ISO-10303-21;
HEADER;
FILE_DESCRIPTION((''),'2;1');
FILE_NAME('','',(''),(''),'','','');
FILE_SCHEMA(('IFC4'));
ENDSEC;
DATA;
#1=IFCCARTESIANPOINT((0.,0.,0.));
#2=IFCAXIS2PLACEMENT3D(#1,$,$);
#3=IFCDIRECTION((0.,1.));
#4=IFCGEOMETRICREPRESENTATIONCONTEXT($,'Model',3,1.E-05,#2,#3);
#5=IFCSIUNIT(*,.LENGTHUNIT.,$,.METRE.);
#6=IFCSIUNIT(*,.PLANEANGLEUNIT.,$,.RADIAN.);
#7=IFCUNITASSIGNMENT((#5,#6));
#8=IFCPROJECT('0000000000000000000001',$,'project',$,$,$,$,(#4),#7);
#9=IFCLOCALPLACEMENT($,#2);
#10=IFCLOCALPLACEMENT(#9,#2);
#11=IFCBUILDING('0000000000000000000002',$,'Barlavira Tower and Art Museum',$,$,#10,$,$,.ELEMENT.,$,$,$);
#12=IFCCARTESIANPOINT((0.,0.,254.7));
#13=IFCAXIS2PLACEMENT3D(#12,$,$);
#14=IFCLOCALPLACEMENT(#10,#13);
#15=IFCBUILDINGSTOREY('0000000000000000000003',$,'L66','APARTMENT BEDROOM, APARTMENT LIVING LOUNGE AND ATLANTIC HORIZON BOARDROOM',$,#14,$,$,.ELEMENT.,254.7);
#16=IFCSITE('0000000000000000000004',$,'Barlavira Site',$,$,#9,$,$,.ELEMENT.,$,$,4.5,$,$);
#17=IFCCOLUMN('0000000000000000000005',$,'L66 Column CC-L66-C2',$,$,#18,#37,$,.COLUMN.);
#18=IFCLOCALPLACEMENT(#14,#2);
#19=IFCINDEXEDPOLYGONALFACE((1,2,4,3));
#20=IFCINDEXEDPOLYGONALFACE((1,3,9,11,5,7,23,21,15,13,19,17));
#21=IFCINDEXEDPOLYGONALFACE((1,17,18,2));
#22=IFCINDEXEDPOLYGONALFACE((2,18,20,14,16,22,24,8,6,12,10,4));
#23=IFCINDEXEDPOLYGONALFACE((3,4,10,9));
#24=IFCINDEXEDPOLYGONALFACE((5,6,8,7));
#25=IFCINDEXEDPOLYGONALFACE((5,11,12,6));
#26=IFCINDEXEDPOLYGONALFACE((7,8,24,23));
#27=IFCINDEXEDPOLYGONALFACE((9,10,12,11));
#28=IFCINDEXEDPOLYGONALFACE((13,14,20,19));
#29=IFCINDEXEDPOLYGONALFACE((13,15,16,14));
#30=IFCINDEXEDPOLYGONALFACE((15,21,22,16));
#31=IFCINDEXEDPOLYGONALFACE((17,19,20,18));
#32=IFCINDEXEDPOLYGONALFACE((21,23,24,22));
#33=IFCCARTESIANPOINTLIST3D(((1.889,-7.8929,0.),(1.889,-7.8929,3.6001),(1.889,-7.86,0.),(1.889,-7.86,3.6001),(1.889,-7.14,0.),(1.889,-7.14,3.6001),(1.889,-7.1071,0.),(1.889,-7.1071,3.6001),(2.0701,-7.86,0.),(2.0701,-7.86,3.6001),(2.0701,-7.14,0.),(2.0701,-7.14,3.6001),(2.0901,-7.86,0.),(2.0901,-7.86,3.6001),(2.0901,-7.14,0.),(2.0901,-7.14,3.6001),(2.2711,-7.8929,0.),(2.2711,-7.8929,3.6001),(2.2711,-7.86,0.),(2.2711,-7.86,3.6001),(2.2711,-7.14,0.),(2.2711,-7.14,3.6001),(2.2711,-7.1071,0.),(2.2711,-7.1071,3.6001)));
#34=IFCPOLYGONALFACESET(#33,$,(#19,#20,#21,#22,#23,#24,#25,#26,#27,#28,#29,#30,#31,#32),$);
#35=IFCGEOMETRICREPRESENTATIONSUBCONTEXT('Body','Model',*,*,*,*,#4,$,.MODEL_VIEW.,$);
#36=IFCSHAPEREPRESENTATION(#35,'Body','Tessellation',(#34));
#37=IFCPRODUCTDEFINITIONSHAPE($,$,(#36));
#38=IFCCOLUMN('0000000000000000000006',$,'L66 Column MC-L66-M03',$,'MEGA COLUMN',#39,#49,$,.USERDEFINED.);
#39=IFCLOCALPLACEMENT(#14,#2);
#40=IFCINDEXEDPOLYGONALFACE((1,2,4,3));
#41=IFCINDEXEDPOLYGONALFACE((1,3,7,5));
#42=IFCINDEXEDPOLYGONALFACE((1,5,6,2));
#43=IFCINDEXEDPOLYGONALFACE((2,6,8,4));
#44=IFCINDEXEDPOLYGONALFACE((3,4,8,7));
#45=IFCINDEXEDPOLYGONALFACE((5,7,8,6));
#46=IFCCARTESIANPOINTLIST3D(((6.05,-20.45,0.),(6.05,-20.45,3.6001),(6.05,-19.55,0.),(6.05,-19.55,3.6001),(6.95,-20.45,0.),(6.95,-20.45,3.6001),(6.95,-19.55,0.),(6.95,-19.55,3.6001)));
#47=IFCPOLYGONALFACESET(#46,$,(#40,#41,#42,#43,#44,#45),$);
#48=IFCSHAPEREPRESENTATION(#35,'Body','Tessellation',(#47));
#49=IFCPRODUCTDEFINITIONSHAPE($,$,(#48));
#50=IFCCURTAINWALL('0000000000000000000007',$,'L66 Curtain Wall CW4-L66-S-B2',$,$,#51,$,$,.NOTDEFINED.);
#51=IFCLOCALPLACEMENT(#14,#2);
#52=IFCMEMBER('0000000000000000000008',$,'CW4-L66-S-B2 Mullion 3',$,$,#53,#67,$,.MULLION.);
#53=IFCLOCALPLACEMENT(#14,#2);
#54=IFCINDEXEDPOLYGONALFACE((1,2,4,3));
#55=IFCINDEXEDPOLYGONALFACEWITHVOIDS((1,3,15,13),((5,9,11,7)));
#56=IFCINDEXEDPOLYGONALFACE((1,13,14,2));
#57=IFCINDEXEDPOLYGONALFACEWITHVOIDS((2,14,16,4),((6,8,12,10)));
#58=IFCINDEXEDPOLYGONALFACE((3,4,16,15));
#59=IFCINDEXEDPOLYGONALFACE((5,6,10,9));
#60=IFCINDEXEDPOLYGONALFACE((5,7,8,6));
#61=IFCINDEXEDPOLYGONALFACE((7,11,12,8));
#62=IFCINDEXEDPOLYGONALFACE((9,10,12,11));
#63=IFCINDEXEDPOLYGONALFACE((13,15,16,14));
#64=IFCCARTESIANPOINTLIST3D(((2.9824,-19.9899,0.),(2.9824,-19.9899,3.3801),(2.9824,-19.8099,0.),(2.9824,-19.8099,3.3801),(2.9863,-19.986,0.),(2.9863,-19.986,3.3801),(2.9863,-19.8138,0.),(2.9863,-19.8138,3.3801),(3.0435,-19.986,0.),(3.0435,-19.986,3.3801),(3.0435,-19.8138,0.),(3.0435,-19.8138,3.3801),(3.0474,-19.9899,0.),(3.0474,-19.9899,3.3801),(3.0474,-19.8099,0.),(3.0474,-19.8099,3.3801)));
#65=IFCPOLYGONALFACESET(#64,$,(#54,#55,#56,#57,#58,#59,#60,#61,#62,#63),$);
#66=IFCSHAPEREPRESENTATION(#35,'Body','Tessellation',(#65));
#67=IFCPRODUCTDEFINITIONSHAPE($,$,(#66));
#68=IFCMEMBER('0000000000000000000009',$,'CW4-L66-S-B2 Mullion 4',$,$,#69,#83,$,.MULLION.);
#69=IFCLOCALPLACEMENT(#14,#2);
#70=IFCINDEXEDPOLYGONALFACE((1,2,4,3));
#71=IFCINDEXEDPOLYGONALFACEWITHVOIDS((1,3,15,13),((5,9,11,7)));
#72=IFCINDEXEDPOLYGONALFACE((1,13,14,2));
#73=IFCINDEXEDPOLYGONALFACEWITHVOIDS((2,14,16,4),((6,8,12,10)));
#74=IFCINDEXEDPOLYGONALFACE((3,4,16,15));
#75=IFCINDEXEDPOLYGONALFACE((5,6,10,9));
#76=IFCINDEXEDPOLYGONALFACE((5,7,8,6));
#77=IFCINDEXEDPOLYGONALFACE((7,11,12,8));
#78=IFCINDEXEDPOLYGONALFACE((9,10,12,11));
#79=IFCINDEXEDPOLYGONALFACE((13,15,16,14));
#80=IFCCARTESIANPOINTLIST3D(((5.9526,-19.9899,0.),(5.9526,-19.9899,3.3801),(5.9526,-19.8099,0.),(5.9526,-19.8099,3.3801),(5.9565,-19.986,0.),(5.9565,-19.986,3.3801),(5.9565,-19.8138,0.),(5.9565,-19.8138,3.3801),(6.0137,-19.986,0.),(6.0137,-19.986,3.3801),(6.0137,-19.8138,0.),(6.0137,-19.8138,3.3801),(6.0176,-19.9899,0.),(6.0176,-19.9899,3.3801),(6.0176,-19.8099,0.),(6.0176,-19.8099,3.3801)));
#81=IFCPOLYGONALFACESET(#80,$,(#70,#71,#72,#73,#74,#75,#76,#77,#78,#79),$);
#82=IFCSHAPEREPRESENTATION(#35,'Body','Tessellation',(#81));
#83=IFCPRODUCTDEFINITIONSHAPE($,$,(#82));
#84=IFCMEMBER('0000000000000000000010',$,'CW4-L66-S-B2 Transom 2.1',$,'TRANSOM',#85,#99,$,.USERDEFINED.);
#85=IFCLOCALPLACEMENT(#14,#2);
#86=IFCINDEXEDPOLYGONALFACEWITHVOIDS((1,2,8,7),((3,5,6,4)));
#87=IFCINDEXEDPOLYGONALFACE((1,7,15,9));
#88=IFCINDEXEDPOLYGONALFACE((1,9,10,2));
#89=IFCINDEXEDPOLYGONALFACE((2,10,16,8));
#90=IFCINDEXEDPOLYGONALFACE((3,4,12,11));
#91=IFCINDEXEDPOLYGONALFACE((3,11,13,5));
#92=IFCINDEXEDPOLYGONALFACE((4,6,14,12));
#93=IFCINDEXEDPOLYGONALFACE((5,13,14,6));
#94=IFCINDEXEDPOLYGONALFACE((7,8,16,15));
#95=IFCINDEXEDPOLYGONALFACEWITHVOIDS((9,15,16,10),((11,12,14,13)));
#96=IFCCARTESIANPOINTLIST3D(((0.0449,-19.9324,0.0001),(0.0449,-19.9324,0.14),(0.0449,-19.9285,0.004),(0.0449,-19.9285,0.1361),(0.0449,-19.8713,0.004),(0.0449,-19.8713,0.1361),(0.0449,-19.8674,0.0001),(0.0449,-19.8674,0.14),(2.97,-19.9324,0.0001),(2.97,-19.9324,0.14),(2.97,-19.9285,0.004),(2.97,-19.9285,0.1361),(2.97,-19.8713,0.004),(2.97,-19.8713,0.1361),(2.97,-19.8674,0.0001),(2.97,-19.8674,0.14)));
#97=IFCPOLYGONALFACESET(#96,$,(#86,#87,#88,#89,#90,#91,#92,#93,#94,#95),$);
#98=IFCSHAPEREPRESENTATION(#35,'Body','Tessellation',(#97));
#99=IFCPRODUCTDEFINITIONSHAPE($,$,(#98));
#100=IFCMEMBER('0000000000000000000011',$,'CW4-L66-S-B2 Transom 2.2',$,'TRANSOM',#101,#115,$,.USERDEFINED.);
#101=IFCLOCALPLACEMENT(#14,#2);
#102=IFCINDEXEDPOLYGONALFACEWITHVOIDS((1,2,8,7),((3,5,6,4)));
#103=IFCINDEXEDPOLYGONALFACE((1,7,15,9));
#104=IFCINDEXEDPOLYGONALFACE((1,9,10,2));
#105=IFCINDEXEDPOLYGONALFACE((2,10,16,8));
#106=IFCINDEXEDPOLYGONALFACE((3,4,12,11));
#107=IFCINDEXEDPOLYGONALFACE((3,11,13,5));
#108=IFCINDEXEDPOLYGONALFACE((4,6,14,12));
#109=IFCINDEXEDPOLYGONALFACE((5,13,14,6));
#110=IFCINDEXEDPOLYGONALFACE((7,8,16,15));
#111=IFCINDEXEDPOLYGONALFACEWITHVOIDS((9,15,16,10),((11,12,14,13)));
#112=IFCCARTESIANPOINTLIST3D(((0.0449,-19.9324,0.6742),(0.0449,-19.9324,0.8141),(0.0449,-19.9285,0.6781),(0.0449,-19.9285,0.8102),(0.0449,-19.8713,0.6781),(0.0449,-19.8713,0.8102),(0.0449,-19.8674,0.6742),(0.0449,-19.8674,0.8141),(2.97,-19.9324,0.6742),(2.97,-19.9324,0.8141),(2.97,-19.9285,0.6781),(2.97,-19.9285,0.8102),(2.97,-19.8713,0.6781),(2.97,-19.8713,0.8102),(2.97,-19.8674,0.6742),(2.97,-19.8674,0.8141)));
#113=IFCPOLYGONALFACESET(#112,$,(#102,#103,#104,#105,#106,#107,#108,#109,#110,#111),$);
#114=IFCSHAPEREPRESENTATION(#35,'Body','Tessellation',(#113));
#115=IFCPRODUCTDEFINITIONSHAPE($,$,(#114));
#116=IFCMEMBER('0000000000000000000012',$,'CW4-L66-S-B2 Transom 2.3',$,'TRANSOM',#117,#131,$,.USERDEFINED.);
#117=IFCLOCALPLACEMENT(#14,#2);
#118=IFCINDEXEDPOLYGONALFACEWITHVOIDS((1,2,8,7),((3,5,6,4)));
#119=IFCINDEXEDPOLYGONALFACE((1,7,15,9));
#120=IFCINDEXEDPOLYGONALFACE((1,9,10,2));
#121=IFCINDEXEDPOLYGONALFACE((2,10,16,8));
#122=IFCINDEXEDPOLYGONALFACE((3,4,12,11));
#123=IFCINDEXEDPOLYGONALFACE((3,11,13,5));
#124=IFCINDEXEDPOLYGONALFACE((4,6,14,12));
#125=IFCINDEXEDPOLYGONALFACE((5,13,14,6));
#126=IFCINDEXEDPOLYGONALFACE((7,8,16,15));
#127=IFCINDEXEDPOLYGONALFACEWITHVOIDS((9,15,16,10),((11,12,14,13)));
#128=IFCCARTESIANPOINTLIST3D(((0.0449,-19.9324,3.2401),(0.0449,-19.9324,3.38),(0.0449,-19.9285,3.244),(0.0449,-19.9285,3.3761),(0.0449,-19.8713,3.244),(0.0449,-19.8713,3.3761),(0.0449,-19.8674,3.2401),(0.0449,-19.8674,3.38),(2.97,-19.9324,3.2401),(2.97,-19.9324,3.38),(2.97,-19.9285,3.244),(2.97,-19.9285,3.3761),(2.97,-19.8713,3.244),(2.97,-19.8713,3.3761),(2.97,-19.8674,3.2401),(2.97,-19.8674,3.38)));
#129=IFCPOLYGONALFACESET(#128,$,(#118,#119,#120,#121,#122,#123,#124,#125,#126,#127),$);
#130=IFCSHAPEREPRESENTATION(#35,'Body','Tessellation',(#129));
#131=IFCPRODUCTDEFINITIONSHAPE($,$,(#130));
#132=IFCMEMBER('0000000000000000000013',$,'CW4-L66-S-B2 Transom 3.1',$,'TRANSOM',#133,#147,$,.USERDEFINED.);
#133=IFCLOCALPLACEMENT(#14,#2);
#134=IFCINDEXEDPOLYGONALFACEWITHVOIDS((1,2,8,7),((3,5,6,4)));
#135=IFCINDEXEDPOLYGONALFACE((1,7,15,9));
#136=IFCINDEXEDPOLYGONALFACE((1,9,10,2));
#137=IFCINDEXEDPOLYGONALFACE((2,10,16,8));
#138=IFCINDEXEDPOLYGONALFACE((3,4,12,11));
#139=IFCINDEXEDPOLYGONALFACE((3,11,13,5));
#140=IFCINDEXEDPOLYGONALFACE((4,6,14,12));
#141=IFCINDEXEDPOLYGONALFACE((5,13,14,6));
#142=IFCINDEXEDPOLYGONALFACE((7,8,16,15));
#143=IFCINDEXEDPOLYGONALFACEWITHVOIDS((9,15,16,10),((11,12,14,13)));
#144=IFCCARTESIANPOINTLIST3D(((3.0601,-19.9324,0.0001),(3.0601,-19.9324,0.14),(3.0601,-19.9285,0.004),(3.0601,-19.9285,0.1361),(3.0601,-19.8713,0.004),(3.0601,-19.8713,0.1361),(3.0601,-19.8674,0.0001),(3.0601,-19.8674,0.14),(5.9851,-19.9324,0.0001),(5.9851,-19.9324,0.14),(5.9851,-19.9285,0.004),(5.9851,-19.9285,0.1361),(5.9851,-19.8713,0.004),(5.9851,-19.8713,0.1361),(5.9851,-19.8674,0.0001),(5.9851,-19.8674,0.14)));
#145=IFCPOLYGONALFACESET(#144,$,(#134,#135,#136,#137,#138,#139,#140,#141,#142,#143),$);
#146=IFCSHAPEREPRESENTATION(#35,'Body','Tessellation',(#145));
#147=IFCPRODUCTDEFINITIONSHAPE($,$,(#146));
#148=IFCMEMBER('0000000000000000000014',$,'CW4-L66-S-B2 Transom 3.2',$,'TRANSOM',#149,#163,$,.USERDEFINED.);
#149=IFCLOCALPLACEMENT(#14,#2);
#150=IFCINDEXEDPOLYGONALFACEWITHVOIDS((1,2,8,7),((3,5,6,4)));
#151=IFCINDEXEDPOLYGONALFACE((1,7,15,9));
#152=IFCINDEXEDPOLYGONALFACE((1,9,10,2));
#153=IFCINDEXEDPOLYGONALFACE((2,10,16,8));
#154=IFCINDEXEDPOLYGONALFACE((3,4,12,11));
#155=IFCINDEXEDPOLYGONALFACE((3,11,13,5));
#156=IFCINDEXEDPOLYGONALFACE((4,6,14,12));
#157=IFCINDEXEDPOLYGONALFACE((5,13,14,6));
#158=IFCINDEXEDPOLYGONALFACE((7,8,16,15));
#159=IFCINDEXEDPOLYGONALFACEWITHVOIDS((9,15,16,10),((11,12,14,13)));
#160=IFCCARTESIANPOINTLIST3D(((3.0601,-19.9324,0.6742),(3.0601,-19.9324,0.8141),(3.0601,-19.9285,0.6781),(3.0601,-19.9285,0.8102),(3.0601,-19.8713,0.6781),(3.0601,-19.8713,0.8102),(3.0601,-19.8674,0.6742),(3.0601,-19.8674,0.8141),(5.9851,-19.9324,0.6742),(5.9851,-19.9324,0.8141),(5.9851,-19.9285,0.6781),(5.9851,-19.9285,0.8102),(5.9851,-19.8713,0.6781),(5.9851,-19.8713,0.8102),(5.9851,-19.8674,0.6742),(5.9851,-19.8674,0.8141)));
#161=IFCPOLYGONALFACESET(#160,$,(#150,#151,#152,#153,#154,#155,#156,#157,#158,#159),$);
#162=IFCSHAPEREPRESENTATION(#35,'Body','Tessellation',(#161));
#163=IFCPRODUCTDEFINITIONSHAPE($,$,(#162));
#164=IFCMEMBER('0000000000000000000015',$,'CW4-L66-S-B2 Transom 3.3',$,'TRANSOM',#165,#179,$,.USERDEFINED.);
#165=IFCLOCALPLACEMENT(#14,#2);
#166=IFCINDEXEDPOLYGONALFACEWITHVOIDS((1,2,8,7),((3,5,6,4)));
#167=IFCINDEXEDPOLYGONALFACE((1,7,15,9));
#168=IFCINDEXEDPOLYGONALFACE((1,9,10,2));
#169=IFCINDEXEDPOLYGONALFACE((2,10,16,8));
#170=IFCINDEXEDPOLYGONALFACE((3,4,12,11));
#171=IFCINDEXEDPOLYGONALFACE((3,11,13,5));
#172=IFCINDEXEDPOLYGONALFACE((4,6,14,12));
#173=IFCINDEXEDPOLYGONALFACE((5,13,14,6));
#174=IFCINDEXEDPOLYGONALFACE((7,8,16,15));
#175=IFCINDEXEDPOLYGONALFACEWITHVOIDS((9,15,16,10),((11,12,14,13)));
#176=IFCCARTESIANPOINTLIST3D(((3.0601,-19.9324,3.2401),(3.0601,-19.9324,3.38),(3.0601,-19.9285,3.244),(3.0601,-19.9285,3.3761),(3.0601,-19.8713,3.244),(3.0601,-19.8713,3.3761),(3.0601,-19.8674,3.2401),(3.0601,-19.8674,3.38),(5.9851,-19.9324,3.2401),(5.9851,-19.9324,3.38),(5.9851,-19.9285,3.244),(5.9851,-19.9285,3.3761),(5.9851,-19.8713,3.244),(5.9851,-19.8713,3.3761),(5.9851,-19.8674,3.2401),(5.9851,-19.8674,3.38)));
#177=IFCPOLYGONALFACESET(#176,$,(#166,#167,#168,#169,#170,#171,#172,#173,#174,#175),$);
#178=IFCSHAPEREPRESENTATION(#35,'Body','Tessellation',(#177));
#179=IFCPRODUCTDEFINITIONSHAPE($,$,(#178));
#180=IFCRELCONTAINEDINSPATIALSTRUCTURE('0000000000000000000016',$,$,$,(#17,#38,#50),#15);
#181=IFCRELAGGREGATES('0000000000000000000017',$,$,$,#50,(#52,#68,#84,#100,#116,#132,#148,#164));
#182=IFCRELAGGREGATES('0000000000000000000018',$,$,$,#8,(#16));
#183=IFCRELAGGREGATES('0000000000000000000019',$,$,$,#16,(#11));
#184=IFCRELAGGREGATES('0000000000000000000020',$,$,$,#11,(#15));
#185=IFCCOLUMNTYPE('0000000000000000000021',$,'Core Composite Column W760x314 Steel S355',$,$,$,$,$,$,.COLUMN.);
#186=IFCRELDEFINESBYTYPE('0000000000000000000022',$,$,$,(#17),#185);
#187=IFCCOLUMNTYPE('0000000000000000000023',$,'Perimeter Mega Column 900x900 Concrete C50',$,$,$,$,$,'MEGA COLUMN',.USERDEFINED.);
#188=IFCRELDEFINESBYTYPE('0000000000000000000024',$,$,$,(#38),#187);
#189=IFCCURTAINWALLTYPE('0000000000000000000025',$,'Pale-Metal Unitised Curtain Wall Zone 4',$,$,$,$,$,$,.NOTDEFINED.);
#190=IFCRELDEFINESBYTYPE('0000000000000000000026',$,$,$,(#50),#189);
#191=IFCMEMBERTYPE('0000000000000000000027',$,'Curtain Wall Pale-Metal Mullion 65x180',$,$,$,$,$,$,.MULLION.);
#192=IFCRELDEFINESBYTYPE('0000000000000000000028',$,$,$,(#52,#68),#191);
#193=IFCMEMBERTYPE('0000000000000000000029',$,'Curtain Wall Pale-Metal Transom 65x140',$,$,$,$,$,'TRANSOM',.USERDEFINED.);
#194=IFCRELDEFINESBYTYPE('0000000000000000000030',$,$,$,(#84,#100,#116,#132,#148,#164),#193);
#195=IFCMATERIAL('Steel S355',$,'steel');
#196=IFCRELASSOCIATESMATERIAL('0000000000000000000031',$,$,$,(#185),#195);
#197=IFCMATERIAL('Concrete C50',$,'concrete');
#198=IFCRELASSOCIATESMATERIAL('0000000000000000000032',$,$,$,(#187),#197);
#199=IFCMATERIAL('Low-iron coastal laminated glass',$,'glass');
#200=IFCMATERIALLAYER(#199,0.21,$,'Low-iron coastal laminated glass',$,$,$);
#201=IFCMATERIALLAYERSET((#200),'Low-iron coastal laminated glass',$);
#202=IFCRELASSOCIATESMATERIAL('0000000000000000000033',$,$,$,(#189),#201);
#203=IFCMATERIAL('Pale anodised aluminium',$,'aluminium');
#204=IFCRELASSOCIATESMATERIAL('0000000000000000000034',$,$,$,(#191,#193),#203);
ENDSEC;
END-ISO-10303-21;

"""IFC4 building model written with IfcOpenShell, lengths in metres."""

from ifc_helpers import new_model, si_unit, direction, frame, origin, origin_2d, place, context, subcontext, project, spatial, rectangle, hollow_rectangle, i_section, extrude, material, layer, layer_set, material_profile, profile_set, type_object, element, aggregate, save


model = new_model("IFC4")

# Units and contexts
model_context = context("Model", 3, precision=1e-05, world=origin(), true_north=direction((0.0, 1.0)))
body_context = subcontext(model_context, "Body", "Model", "MODEL_VIEW")
ifc_project = project(units=[si_unit("LENGTHUNIT", "METRE"), si_unit("PLANEANGLEUNIT", "RADIAN")], contexts=[model_context])

# Site, building, storey
site_placement = place(None, origin())
site = spatial("IfcSite", under=ifc_project, at=site_placement, Name="Barlavira Site", CompositionType="ELEMENT", RefElevation=4.5)
building_placement = place(site_placement, origin())
building = spatial("IfcBuilding", under=site, at=building_placement, Name="Barlavira Tower and Art Museum", CompositionType="ELEMENT")
storey_placement = place(building_placement, frame((0.0, 0.0, 254.7)))
storey = spatial("IfcBuildingStorey", under=building, at=storey_placement, Name="L66", Description="APARTMENT BEDROOM, APARTMENT LIVING LOUNGE AND ATLANTIC HORIZON BOARDROOM", CompositionType="ELEMENT", Elevation=254.7)

# Columns
ifc_material_1 = material(Name="Steel S355", Category="steel")
ifc_material_profile_1 = material_profile(ifc_material_1, i_section(OverallWidth=0.3821, OverallDepth=0.7859, WebThickness=0.02, FlangeThickness=0.033, at=origin_2d()), Name="W760x314.0")
ifc_profile_set_1 = profile_set([ifc_material_profile_1], Name="Steel S355")
column_type_1 = type_object("IfcColumnType", Name="Core Composite Column W760x314 Steel S355", PredefinedType="COLUMN", material=ifc_profile_set_1)
column_1_placement = place(storey_placement, frame((2.0801, -7.5, 0.0), z_axis=(0.0, 0.0, 1.0), x_axis=(1.0, 0.0, 0.0)))
element("IfcColumn", 1, at=column_1_placement, inside=storey, type_object=column_type_1, Name="L66 Column CC-L66-C2", PredefinedType="COLUMN", context=body_context, shape_type="SweptSolid", body=[
    extrude(i_section(OverallWidth=0.3821, OverallDepth=0.7859, WebThickness=0.02, FlangeThickness=0.033, at=origin_2d()), origin(), (0.0, 0.0, 1.0), 3.6001),
])
ifc_material_2 = material(Name="Concrete C50", Category="concrete")
ifc_material_profile_2 = material_profile(ifc_material_2, rectangle(XDim=0.8999, YDim=0.8999, at=origin_2d()), Name="RC-COL 900x900")
ifc_profile_set_2 = profile_set([ifc_material_profile_2], Name="Concrete C50")
column_type_2 = type_object("IfcColumnType", Name="Perimeter Mega Column 900x900 Concrete C50", ElementType="MEGA COLUMN", PredefinedType="USERDEFINED", material=ifc_profile_set_2)
column_2_placement = place(storey_placement, frame((6.5, -20.0, 0.0), z_axis=(0.0, 0.0, 1.0), x_axis=(1.0, 0.0, 0.0)))
element("IfcColumn", 2, at=column_2_placement, inside=storey, type_object=column_type_2, Name="L66 Column MC-L66-M03", ObjectType="MEGA COLUMN", PredefinedType="USERDEFINED", context=body_context, shape_type="SweptSolid", body=[
    extrude(rectangle(XDim=0.8999, YDim=0.8999, at=origin_2d()), origin(), (0.0, 0.0, 1.0), 3.6001),
])

# Curtain wall, members
ifc_material_3 = material(Name="Low-iron coastal laminated glass", Category="glass")
ifc_layer_1 = layer(ifc_material_3, 0.21, Name="Low-iron coastal laminated glass")
ifc_layer_set_1 = layer_set([ifc_layer_1], Name="Low-iron coastal laminated glass")
curtain_wall_type = type_object("IfcCurtainWallType", Name="Pale-Metal Unitised Curtain Wall Zone 4", PredefinedType="NOTDEFINED", material=ifc_layer_set_1)
curtain_wall_placement = place(storey_placement, origin())
curtain_wall = element("IfcCurtainWall", 3, at=curtain_wall_placement, inside=storey, type_object=curtain_wall_type, Name="L66 Curtain Wall CW4-L66-S-B2", PredefinedType="NOTDEFINED")
ifc_material_4 = material(Name="Pale anodised aluminium", Category="aluminium")
ifc_material_profile_3 = material_profile(ifc_material_4, hollow_rectangle(XDim=0.0649, YDim=0.1799, WallThickness=0.0039, at=origin_2d()), Name="ALU-MULL 65x180x4")
ifc_profile_set_3 = profile_set([ifc_material_profile_3], Name="Pale anodised aluminium")
member_type_1 = type_object("IfcMemberType", Name="Curtain Wall Pale-Metal Mullion 65x180", PredefinedType="MULLION", material=ifc_profile_set_3)
member_1_placement = place(storey_placement, frame((3.0149, -19.8999, 0.0), z_axis=(0.0, 0.0, 1.0), x_axis=(1.0, 0.0, 0.0)))
member_1 = element("IfcMember", 4, at=member_1_placement, type_object=member_type_1, Name="CW4-L66-S-B2 Mullion 3", PredefinedType="MULLION", context=body_context, shape_type="SweptSolid", body=[
    extrude(hollow_rectangle(XDim=0.0649, YDim=0.1799, WallThickness=0.0039, at=origin_2d()), origin(), (0.0, 0.0, 1.0), 3.3801),
])
member_2_placement = place(storey_placement, frame((5.9851, -19.8999, 0.0), z_axis=(0.0, 0.0, 1.0), x_axis=(1.0, 0.0, 0.0)))
member_2 = element("IfcMember", 5, at=member_2_placement, type_object=member_type_1, Name="CW4-L66-S-B2 Mullion 4", PredefinedType="MULLION", context=body_context, shape_type="SweptSolid", body=[
    extrude(hollow_rectangle(XDim=0.0649, YDim=0.1799, WallThickness=0.0039, at=origin_2d()), origin(), (0.0, 0.0, 1.0), 3.3801),
])
ifc_material_profile_4 = material_profile(ifc_material_4, hollow_rectangle(XDim=0.0649, YDim=0.1399, WallThickness=0.0039, at=origin_2d()), Name="ALU-TRAN 65x140x4")
ifc_profile_set_4 = profile_set([ifc_material_profile_4], Name="Pale anodised aluminium")
member_type_2 = type_object("IfcMemberType", Name="Curtain Wall Pale-Metal Transom 65x140", ElementType="TRANSOM", PredefinedType="USERDEFINED", material=ifc_profile_set_4)
member_3_placement = place(storey_placement, frame((0.0449, -19.8999, 0.0701), z_axis=(1.0, 0.0, 0.0), x_axis=(0.0, 1.0, 0.0)))
member_3 = element("IfcMember", 6, at=member_3_placement, type_object=member_type_2, Name="CW4-L66-S-B2 Transom 2.1", ObjectType="TRANSOM", PredefinedType="USERDEFINED", context=body_context, shape_type="SweptSolid", body=[
    extrude(hollow_rectangle(XDim=0.0649, YDim=0.1399, WallThickness=0.0039, at=origin_2d()), origin(), (0.0, 0.0, 1.0), 2.925),
])
member_4_placement = place(storey_placement, frame((0.0449, -19.8999, 0.7441), z_axis=(1.0, 0.0, 0.0), x_axis=(0.0, 1.0, 0.0)))
member_4 = element("IfcMember", 7, at=member_4_placement, type_object=member_type_2, Name="CW4-L66-S-B2 Transom 2.2", ObjectType="TRANSOM", PredefinedType="USERDEFINED", context=body_context, shape_type="SweptSolid", body=[
    extrude(hollow_rectangle(XDim=0.0649, YDim=0.1399, WallThickness=0.0039, at=origin_2d()), origin(), (0.0, 0.0, 1.0), 2.925),
])
member_5_placement = place(storey_placement, frame((0.0449, -19.8999, 3.3101), z_axis=(1.0, 0.0, 0.0), x_axis=(0.0, 1.0, 0.0)))
member_5 = element("IfcMember", 8, at=member_5_placement, type_object=member_type_2, Name="CW4-L66-S-B2 Transom 2.3", ObjectType="TRANSOM", PredefinedType="USERDEFINED", context=body_context, shape_type="SweptSolid", body=[
    extrude(hollow_rectangle(XDim=0.0649, YDim=0.1399, WallThickness=0.0039, at=origin_2d()), origin(), (0.0, 0.0, 1.0), 2.925),
])
member_6_placement = place(storey_placement, frame((3.0601, -19.8999, 0.0701), z_axis=(1.0, 0.0, 0.0), x_axis=(0.0, 1.0, 0.0)))
member_6 = element("IfcMember", 9, at=member_6_placement, type_object=member_type_2, Name="CW4-L66-S-B2 Transom 3.1", ObjectType="TRANSOM", PredefinedType="USERDEFINED", context=body_context, shape_type="SweptSolid", body=[
    extrude(hollow_rectangle(XDim=0.0649, YDim=0.1399, WallThickness=0.0039, at=origin_2d()), origin(), (0.0, 0.0, 1.0), 2.925),
])
member_7_placement = place(storey_placement, frame((3.0601, -19.8999, 0.7441), z_axis=(1.0, 0.0, 0.0), x_axis=(0.0, 1.0, 0.0)))
member_7 = element("IfcMember", 10, at=member_7_placement, type_object=member_type_2, Name="CW4-L66-S-B2 Transom 3.2", ObjectType="TRANSOM", PredefinedType="USERDEFINED", context=body_context, shape_type="SweptSolid", body=[
    extrude(hollow_rectangle(XDim=0.0649, YDim=0.1399, WallThickness=0.0039, at=origin_2d()), origin(), (0.0, 0.0, 1.0), 2.925),
])
member_8_placement = place(storey_placement, frame((3.0601, -19.8999, 3.3101), z_axis=(1.0, 0.0, 0.0), x_axis=(0.0, 1.0, 0.0)))
member_8 = element("IfcMember", 11, at=member_8_placement, type_object=member_type_2, Name="CW4-L66-S-B2 Transom 3.3", ObjectType="TRANSOM", PredefinedType="USERDEFINED", context=body_context, shape_type="SweptSolid", body=[
    extrude(hollow_rectangle(XDim=0.0649, YDim=0.1399, WallThickness=0.0039, at=origin_2d()), origin(), (0.0, 0.0, 1.0), 2.925),
])

aggregate(curtain_wall, [member_1, member_2, member_3, member_4, member_5, member_6, member_7, member_8])

save(model, "model.ifc")
